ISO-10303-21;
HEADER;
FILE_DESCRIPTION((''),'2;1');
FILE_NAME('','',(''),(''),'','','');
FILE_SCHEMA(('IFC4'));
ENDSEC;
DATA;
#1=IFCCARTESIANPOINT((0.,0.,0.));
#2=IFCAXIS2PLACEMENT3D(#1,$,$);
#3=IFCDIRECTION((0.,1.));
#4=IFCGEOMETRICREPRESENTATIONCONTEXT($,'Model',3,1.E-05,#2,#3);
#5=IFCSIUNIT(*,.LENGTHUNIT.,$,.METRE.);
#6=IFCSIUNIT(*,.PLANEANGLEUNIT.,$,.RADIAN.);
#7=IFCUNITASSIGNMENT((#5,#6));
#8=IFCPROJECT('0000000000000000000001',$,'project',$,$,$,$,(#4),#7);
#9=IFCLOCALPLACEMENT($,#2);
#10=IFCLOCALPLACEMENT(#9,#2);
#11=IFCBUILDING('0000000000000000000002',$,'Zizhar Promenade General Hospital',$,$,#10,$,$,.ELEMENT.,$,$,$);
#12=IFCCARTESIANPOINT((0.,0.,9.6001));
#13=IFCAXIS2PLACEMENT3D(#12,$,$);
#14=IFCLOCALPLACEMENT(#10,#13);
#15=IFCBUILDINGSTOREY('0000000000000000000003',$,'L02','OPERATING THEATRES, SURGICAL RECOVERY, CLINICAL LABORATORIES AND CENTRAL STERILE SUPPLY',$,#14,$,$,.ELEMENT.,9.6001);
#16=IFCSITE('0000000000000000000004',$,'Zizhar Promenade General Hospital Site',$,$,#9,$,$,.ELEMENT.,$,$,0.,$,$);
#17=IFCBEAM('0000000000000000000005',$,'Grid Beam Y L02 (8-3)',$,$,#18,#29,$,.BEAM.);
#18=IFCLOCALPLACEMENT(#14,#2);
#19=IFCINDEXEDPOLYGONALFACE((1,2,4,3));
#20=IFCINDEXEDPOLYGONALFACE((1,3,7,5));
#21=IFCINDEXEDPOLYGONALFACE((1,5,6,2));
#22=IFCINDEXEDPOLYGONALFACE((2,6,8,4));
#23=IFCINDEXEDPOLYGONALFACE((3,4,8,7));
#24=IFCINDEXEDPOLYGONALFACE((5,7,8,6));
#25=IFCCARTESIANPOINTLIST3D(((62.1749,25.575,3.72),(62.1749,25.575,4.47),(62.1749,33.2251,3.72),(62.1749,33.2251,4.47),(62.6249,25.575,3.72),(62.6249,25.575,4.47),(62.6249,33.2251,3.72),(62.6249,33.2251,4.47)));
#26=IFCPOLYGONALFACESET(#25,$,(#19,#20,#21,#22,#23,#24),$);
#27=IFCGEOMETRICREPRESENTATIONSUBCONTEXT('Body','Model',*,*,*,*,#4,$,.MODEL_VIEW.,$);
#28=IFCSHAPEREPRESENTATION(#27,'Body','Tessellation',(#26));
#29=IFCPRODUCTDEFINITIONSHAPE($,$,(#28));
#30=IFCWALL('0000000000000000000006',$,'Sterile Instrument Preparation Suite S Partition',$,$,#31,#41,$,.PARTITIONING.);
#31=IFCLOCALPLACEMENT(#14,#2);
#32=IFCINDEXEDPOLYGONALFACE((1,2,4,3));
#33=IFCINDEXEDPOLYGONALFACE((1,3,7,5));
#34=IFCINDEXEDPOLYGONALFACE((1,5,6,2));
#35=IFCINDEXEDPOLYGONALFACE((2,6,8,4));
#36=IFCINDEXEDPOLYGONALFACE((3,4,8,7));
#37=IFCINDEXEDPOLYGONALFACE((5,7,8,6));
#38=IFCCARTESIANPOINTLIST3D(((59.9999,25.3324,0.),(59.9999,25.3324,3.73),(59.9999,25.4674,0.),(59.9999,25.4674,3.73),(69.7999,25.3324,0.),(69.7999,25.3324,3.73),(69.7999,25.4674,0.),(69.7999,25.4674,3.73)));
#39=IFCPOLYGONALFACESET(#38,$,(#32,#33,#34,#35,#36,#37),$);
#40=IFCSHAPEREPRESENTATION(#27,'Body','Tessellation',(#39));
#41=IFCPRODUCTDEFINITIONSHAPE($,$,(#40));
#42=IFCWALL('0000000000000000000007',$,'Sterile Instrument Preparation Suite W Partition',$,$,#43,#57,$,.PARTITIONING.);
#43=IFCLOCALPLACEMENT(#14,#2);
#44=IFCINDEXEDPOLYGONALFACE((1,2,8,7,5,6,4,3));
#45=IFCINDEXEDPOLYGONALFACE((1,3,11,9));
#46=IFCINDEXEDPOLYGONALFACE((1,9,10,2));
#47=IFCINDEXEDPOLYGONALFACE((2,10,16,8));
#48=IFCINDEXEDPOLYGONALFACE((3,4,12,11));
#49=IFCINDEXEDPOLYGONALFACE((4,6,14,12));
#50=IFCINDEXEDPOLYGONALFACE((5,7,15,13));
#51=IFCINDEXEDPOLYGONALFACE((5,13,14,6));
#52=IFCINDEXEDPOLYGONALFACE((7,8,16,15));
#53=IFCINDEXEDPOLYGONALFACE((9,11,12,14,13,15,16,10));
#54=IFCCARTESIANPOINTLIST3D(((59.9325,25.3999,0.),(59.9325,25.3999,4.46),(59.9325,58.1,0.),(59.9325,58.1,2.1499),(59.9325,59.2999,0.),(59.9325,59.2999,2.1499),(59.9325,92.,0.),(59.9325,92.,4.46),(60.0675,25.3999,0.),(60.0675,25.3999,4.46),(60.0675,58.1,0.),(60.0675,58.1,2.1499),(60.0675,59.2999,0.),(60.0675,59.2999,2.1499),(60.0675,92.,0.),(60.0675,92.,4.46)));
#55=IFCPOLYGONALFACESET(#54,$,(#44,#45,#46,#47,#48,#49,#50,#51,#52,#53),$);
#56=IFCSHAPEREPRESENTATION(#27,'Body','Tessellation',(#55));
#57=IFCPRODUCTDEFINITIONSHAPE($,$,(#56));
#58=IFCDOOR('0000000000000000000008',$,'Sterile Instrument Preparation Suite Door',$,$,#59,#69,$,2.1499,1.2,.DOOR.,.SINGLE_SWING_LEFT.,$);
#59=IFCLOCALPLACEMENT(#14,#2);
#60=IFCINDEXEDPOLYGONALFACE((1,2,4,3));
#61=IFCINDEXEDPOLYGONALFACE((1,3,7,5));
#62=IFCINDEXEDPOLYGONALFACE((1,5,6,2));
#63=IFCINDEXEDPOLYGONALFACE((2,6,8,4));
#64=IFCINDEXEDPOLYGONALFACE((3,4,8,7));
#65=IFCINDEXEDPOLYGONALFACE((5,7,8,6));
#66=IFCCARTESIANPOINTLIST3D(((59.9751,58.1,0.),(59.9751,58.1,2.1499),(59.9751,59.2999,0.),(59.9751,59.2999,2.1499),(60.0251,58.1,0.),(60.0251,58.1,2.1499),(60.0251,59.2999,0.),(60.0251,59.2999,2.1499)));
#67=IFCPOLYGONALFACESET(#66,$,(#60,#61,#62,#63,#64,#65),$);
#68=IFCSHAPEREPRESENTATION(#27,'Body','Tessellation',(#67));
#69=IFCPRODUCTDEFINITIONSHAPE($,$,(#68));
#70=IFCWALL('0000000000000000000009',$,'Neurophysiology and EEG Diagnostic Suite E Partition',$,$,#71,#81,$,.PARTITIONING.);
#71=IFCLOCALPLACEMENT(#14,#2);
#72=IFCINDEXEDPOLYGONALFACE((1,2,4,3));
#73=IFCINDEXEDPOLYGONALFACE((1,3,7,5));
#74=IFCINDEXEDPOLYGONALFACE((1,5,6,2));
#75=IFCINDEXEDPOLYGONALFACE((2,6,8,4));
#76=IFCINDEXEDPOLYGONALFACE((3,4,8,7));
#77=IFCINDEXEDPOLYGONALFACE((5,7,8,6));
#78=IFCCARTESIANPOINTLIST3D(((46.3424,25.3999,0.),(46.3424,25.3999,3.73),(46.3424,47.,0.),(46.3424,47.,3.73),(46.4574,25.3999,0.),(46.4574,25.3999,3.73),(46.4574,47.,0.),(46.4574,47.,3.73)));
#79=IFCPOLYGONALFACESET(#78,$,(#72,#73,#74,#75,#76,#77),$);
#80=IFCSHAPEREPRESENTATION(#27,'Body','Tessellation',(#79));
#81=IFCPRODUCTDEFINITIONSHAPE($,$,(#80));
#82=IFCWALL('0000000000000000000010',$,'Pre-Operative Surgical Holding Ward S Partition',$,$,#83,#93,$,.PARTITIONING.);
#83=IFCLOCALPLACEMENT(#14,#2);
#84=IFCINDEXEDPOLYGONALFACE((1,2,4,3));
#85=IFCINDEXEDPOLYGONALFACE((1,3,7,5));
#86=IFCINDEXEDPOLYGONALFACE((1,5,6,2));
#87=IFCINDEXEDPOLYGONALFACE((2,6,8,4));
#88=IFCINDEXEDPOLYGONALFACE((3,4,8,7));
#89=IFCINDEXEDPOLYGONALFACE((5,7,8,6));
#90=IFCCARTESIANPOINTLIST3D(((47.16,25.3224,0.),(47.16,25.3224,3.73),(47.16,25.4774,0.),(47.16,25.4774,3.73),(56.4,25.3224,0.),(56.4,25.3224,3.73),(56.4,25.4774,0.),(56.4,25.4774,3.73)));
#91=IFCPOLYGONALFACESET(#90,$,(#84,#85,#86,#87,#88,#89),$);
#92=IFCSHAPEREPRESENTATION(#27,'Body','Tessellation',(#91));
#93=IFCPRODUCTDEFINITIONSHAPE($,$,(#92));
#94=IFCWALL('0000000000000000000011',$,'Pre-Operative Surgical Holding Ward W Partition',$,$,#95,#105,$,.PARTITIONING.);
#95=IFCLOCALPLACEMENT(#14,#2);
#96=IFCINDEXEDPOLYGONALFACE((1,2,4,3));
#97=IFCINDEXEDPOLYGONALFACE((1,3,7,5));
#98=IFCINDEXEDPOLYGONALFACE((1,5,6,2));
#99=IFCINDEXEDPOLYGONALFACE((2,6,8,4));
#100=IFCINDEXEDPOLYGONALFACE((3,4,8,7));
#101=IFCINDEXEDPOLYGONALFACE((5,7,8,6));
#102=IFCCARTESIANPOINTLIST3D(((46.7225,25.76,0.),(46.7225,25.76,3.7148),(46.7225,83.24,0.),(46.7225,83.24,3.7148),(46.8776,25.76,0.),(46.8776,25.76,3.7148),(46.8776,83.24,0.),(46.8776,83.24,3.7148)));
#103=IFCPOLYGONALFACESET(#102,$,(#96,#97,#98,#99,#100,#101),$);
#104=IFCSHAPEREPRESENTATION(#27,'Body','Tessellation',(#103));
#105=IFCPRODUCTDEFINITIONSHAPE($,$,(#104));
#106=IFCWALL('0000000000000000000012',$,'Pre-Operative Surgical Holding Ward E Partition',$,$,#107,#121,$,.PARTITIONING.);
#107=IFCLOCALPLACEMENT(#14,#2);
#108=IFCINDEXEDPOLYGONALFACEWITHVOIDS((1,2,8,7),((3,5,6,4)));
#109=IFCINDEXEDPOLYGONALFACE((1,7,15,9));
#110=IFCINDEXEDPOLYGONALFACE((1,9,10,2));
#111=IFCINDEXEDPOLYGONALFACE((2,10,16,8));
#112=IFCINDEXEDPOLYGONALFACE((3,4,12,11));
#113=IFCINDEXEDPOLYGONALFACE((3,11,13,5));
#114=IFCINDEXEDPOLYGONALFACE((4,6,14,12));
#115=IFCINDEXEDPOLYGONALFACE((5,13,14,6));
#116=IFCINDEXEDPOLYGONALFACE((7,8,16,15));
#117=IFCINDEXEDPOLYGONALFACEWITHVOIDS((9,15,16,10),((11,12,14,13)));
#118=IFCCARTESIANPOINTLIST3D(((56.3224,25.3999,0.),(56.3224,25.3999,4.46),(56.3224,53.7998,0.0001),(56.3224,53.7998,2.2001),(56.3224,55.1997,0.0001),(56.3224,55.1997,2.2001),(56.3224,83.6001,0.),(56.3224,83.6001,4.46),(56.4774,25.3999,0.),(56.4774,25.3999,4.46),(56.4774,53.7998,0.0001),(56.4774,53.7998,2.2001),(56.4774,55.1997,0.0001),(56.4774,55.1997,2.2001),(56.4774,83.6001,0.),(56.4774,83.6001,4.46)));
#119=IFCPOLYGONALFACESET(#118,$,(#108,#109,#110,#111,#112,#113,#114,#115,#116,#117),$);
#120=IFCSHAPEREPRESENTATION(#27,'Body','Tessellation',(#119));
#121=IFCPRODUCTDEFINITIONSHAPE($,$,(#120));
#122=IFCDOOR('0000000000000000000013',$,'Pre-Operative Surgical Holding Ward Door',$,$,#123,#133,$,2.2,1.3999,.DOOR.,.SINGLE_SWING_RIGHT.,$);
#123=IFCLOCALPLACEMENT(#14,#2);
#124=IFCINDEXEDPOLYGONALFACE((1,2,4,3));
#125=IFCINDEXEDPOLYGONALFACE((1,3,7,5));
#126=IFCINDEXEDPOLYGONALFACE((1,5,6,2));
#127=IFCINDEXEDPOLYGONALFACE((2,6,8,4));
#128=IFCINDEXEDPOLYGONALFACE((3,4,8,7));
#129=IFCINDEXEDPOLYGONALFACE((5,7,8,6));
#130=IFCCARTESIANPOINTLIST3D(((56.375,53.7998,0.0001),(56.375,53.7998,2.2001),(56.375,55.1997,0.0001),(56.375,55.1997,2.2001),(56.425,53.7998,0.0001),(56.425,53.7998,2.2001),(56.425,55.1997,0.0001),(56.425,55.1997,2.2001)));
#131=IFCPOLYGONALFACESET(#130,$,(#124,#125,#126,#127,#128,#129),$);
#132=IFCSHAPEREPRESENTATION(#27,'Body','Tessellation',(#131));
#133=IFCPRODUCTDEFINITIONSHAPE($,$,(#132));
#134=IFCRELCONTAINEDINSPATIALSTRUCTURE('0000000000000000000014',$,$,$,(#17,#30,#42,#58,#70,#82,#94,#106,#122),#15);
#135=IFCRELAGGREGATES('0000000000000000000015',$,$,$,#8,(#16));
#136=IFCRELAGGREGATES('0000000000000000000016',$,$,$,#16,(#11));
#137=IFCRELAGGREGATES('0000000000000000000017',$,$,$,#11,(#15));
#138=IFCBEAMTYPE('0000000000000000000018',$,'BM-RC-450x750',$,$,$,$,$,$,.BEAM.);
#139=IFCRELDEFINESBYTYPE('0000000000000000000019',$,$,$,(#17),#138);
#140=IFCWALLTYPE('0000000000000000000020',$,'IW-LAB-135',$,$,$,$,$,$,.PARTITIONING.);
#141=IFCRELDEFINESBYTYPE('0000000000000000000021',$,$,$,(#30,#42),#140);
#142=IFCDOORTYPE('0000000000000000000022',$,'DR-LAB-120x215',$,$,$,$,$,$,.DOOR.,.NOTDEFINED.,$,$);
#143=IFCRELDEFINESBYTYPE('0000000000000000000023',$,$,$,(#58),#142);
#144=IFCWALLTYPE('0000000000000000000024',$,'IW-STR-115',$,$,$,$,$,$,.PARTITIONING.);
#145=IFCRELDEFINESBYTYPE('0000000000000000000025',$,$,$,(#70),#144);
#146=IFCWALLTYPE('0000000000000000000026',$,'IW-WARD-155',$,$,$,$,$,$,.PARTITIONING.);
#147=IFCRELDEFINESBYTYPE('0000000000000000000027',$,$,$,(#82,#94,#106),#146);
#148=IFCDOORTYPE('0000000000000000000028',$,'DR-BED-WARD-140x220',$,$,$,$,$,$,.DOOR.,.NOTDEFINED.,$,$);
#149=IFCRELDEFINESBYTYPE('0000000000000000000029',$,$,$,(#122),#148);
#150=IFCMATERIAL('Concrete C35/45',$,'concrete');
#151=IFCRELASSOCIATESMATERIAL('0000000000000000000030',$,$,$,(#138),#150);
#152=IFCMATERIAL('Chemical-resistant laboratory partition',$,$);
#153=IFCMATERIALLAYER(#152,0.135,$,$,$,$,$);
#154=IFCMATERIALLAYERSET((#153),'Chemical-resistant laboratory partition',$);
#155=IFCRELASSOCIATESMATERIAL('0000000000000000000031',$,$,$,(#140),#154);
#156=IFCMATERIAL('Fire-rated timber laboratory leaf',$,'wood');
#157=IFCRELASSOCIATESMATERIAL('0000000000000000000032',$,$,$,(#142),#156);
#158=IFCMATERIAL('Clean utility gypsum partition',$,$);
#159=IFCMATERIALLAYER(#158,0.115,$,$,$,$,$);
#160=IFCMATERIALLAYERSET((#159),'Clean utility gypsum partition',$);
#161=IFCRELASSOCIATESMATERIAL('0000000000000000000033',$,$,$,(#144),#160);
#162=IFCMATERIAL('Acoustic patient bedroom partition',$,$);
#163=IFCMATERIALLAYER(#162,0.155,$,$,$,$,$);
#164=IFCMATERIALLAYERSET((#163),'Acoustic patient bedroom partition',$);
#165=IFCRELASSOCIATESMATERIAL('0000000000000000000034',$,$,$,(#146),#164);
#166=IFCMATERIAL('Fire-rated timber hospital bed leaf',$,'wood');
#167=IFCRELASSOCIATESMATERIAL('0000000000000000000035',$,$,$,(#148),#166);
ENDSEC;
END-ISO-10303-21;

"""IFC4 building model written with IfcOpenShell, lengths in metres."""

from ifc_helpers import new_model, si_unit, direction, frame, frame_2d, origin, origin_2d, place, context, subcontext, project, spatial, rectangle, extrude, material, layer, layer_set, material_profile, profile_set, type_object, element, fill, save


model = new_model("IFC4")

# Units and contexts
model_context = context("Model", 3, precision=1e-05, world=origin(), true_north=direction((0.0, 1.0)))
body_context = subcontext(model_context, "Body", "Model", "MODEL_VIEW")
ifc_project = project(units=[si_unit("LENGTHUNIT", "METRE"), si_unit("PLANEANGLEUNIT", "RADIAN")], contexts=[model_context])

# Site, building, storey
site_placement = place(None, origin())
site = spatial("IfcSite", under=ifc_project, at=site_placement, Name="Zizhar Promenade General Hospital Site", CompositionType="ELEMENT", RefElevation=0.0)
building_placement = place(site_placement, origin())
building = spatial("IfcBuilding", under=site, at=building_placement, Name="Zizhar Promenade General Hospital", CompositionType="ELEMENT")
storey_placement = place(building_placement, frame((0.0, 0.0, 9.6001)))
storey = spatial("IfcBuildingStorey", under=building, at=storey_placement, Name="L02", Description="OPERATING THEATRES, SURGICAL RECOVERY, CLINICAL LABORATORIES AND CENTRAL STERILE SUPPLY", CompositionType="ELEMENT", Elevation=9.6001)

# Beam
ifc_material_1 = material(Name="Concrete C35/45", Category="concrete")
ifc_material_profile_1 = material_profile(ifc_material_1, rectangle(XDim=0.45, YDim=0.75, at=origin_2d()))
ifc_profile_set_1 = profile_set([ifc_material_profile_1], Name="Concrete C35/45")
beam_type_1 = type_object("IfcBeamType", Name="BM-RC-450x750", PredefinedType="BEAM", material=ifc_profile_set_1)
for number, where, z_axis, x_axis, name in (
    (1, (62.3999, 25.575, 4.095), (0.0, 1.0, 0.0), (-1.0, 0.0, 0.0), "Grid Beam Y L02 (8-3)"),
):
    element("IfcBeam", number, at=place(storey_placement, frame(where, z_axis=z_axis, x_axis=x_axis)), inside=storey, type_object=beam_type_1, Name=name, PredefinedType="BEAM", context=body_context, shape_type="SweptSolid", body=[
        extrude(rectangle(XDim=0.45, YDim=0.75, at=origin_2d()), origin(), (0.0, 0.0, 1.0), 7.6501),
    ])

# Wall
ifc_material_2 = material(Name="Chemical-resistant laboratory partition")
ifc_layer_1 = layer(ifc_material_2, 0.135)
ifc_layer_set_1 = layer_set([ifc_layer_1], Name="Chemical-resistant laboratory partition")
wall_type_1 = type_object("IfcWallType", Name="IW-LAB-135", PredefinedType="PARTITIONING", material=ifc_layer_set_1)
wall_1_placement = place(storey_placement, frame((60.0, 25.3999, 0.0), z_axis=(0.0, 0.0, 1.0), x_axis=(1.0, 0.0, 0.0)))
element("IfcWall", 2, at=wall_1_placement, inside=storey, type_object=wall_type_1, Name="Sterile Instrument Preparation Suite S Partition", PredefinedType="PARTITIONING", context=body_context, shape_type="SweptSolid", body=[
    extrude(rectangle(XDim=9.8, YDim=0.135, at=frame_2d((4.8999, 0.0))), origin(), (0.0, 0.0, 1.0), 3.73),
])

# Wall, opening, door
wall_2_placement = place(storey_placement, frame((60.0, 25.3999, 0.0), z_axis=(0.0, 0.0, 1.0), x_axis=(0.0, 1.0, 0.0)))
wall_2 = element("IfcWall", 3, at=wall_2_placement, inside=storey, type_object=wall_type_1, Name="Sterile Instrument Preparation Suite W Partition", PredefinedType="PARTITIONING", context=body_context, shape_type="SweptSolid", body=[
    extrude(rectangle(XDim=66.6001, YDim=0.135, at=frame_2d((33.3, 0.0))), origin(), (0.0, 0.0, 1.0), 4.46),
])
opening_1_placement = place(wall_2_placement, frame((32.7, 0.0, 0.0)))
opening_1 = element("IfcOpeningElement", 4, at=opening_1_placement, cuts=wall_2, PredefinedType="OPENING", context=body_context, shape_type="SweptSolid", body=[
    extrude(rectangle(XDim=1.2, YDim=2.1499, at=frame_2d((0.6001, 1.075))), frame((0.0, 0.0776, 0.0), z_axis=(0.0, -1.0, 0.0), x_axis=(1.0, 0.0, 0.0)), (0.0, 0.0, 1.0), 0.155),
])
ifc_material_3 = material(Name="Fire-rated timber laboratory leaf", Category="wood")
door_type_1 = type_object("IfcDoorType", Name="DR-LAB-120x215", OperationType="NOTDEFINED", PredefinedType="DOOR", material=ifc_material_3)
door_1_placement = place(opening_1_placement, origin())
door_1 = element("IfcDoor", 5, at=door_1_placement, inside=storey, type_object=door_type_1, Name="Sterile Instrument Preparation Suite Door", OperationType="SINGLE_SWING_LEFT", OverallHeight=2.1499, OverallWidth=1.2, PredefinedType="DOOR", context=body_context, shape_type="SweptSolid", body=[
    extrude(rectangle(XDim=1.2, YDim=2.1499, at=frame_2d((0.6001, 1.075))), frame((0.0, 0.0249, 0.0), z_axis=(0.0, -1.0, 0.0), x_axis=(1.0, 0.0, 0.0)), (0.0, 0.0, 1.0), 0.05),
])
fill(opening_1, door_1)

# Walls
ifc_material_4 = material(Name="Clean utility gypsum partition")
ifc_layer_2 = layer(ifc_material_4, 0.115)
ifc_layer_set_2 = layer_set([ifc_layer_2], Name="Clean utility gypsum partition")
wall_type_2 = type_object("IfcWallType", Name="IW-STR-115", PredefinedType="PARTITIONING", material=ifc_layer_set_2)
wall_3_placement = place(storey_placement, frame((46.3999, 25.3999, 0.0), z_axis=(0.0, 0.0, 1.0), x_axis=(0.0, 1.0, 0.0)))
element("IfcWall", 6, at=wall_3_placement, inside=storey, type_object=wall_type_2, Name="Neurophysiology and EEG Diagnostic Suite E Partition", PredefinedType="PARTITIONING", context=body_context, shape_type="SweptSolid", body=[
    extrude(rectangle(XDim=21.6001, YDim=0.115, at=frame_2d((10.8, 0.0))), origin(), (0.0, 0.0, 1.0), 3.73),
])
ifc_material_5 = material(Name="Acoustic patient bedroom partition")
ifc_layer_3 = layer(ifc_material_5, 0.155)
ifc_layer_set_3 = layer_set([ifc_layer_3], Name="Acoustic patient bedroom partition")
wall_type_3 = type_object("IfcWallType", Name="IW-WARD-155", PredefinedType="PARTITIONING", material=ifc_layer_set_3)
wall_4_placement = place(storey_placement, frame((47.1599, 25.3999, 0.0), z_axis=(0.0, 0.0, 1.0), x_axis=(1.0, 0.0, 0.0)))
element("IfcWall", 7, at=wall_4_placement, inside=storey, type_object=wall_type_3, Name="Pre-Operative Surgical Holding Ward S Partition", PredefinedType="PARTITIONING", context=body_context, shape_type="SweptSolid", body=[
    extrude(rectangle(XDim=9.24, YDim=0.155, at=frame_2d((4.6201, 0.0))), origin(), (0.0, 0.0, 1.0), 3.73),
])
wall_5_placement = place(storey_placement, frame((46.8, 25.76, 0.0), z_axis=(0.0, 0.0, 1.0), x_axis=(0.0, 1.0, 0.0)))
element("IfcWall", 8, at=wall_5_placement, inside=storey, type_object=wall_type_3, Name="Pre-Operative Surgical Holding Ward W Partition", PredefinedType="PARTITIONING", context=body_context, shape_type="SweptSolid", body=[
    extrude(rectangle(XDim=57.48, YDim=0.155, at=frame_2d((28.74, 0.0))), origin(), (0.0, 0.0, 1.0), 3.7148),
])

# Wall, opening, door
wall_6_placement = place(storey_placement, frame((56.3999, 25.3999, 0.0), z_axis=(0.0, 0.0, 1.0), x_axis=(0.0, 1.0, 0.0)))
wall_6 = element("IfcWall", 9, at=wall_6_placement, inside=storey, type_object=wall_type_3, Name="Pre-Operative Surgical Holding Ward E Partition", PredefinedType="PARTITIONING", context=body_context, shape_type="SweptSolid", body=[
    extrude(rectangle(XDim=58.2002, YDim=0.155, at=frame_2d((29.1001, 0.0))), origin(), (0.0, 0.0, 1.0), 4.46),
])
opening_2_placement = place(wall_6_placement, frame((28.3999, 0.0, 0.0)))
opening_2 = element("IfcOpeningElement", 10, at=opening_2_placement, cuts=wall_6, PredefinedType="OPENING", context=body_context, shape_type="SweptSolid", body=[
    extrude(rectangle(XDim=1.3999, YDim=2.2, at=frame_2d((0.7, 1.1001))), frame((0.0, 0.0874, 0.0), z_axis=(0.0, -1.0, 0.0), x_axis=(1.0, 0.0, 0.0)), (0.0, 0.0, 1.0), 0.175),
])
ifc_material_6 = material(Name="Fire-rated timber hospital bed leaf", Category="wood")
door_type_2 = type_object("IfcDoorType", Name="DR-BED-WARD-140x220", OperationType="NOTDEFINED", PredefinedType="DOOR", material=ifc_material_6)
door_2_placement = place(opening_2_placement, origin())
door_2 = element("IfcDoor", 11, at=door_2_placement, inside=storey, type_object=door_type_2, Name="Pre-Operative Surgical Holding Ward Door", OperationType="SINGLE_SWING_RIGHT", OverallHeight=2.2, OverallWidth=1.3999, PredefinedType="DOOR", context=body_context, shape_type="SweptSolid", body=[
    extrude(rectangle(XDim=1.3999, YDim=2.2, at=frame_2d((0.7, 1.1001))), frame((0.0, 0.0249, 0.0), z_axis=(0.0, -1.0, 0.0), x_axis=(1.0, 0.0, 0.0)), (0.0, 0.0, 1.0), 0.05),
])
fill(opening_2, door_2)

save(model, "model.ifc")
